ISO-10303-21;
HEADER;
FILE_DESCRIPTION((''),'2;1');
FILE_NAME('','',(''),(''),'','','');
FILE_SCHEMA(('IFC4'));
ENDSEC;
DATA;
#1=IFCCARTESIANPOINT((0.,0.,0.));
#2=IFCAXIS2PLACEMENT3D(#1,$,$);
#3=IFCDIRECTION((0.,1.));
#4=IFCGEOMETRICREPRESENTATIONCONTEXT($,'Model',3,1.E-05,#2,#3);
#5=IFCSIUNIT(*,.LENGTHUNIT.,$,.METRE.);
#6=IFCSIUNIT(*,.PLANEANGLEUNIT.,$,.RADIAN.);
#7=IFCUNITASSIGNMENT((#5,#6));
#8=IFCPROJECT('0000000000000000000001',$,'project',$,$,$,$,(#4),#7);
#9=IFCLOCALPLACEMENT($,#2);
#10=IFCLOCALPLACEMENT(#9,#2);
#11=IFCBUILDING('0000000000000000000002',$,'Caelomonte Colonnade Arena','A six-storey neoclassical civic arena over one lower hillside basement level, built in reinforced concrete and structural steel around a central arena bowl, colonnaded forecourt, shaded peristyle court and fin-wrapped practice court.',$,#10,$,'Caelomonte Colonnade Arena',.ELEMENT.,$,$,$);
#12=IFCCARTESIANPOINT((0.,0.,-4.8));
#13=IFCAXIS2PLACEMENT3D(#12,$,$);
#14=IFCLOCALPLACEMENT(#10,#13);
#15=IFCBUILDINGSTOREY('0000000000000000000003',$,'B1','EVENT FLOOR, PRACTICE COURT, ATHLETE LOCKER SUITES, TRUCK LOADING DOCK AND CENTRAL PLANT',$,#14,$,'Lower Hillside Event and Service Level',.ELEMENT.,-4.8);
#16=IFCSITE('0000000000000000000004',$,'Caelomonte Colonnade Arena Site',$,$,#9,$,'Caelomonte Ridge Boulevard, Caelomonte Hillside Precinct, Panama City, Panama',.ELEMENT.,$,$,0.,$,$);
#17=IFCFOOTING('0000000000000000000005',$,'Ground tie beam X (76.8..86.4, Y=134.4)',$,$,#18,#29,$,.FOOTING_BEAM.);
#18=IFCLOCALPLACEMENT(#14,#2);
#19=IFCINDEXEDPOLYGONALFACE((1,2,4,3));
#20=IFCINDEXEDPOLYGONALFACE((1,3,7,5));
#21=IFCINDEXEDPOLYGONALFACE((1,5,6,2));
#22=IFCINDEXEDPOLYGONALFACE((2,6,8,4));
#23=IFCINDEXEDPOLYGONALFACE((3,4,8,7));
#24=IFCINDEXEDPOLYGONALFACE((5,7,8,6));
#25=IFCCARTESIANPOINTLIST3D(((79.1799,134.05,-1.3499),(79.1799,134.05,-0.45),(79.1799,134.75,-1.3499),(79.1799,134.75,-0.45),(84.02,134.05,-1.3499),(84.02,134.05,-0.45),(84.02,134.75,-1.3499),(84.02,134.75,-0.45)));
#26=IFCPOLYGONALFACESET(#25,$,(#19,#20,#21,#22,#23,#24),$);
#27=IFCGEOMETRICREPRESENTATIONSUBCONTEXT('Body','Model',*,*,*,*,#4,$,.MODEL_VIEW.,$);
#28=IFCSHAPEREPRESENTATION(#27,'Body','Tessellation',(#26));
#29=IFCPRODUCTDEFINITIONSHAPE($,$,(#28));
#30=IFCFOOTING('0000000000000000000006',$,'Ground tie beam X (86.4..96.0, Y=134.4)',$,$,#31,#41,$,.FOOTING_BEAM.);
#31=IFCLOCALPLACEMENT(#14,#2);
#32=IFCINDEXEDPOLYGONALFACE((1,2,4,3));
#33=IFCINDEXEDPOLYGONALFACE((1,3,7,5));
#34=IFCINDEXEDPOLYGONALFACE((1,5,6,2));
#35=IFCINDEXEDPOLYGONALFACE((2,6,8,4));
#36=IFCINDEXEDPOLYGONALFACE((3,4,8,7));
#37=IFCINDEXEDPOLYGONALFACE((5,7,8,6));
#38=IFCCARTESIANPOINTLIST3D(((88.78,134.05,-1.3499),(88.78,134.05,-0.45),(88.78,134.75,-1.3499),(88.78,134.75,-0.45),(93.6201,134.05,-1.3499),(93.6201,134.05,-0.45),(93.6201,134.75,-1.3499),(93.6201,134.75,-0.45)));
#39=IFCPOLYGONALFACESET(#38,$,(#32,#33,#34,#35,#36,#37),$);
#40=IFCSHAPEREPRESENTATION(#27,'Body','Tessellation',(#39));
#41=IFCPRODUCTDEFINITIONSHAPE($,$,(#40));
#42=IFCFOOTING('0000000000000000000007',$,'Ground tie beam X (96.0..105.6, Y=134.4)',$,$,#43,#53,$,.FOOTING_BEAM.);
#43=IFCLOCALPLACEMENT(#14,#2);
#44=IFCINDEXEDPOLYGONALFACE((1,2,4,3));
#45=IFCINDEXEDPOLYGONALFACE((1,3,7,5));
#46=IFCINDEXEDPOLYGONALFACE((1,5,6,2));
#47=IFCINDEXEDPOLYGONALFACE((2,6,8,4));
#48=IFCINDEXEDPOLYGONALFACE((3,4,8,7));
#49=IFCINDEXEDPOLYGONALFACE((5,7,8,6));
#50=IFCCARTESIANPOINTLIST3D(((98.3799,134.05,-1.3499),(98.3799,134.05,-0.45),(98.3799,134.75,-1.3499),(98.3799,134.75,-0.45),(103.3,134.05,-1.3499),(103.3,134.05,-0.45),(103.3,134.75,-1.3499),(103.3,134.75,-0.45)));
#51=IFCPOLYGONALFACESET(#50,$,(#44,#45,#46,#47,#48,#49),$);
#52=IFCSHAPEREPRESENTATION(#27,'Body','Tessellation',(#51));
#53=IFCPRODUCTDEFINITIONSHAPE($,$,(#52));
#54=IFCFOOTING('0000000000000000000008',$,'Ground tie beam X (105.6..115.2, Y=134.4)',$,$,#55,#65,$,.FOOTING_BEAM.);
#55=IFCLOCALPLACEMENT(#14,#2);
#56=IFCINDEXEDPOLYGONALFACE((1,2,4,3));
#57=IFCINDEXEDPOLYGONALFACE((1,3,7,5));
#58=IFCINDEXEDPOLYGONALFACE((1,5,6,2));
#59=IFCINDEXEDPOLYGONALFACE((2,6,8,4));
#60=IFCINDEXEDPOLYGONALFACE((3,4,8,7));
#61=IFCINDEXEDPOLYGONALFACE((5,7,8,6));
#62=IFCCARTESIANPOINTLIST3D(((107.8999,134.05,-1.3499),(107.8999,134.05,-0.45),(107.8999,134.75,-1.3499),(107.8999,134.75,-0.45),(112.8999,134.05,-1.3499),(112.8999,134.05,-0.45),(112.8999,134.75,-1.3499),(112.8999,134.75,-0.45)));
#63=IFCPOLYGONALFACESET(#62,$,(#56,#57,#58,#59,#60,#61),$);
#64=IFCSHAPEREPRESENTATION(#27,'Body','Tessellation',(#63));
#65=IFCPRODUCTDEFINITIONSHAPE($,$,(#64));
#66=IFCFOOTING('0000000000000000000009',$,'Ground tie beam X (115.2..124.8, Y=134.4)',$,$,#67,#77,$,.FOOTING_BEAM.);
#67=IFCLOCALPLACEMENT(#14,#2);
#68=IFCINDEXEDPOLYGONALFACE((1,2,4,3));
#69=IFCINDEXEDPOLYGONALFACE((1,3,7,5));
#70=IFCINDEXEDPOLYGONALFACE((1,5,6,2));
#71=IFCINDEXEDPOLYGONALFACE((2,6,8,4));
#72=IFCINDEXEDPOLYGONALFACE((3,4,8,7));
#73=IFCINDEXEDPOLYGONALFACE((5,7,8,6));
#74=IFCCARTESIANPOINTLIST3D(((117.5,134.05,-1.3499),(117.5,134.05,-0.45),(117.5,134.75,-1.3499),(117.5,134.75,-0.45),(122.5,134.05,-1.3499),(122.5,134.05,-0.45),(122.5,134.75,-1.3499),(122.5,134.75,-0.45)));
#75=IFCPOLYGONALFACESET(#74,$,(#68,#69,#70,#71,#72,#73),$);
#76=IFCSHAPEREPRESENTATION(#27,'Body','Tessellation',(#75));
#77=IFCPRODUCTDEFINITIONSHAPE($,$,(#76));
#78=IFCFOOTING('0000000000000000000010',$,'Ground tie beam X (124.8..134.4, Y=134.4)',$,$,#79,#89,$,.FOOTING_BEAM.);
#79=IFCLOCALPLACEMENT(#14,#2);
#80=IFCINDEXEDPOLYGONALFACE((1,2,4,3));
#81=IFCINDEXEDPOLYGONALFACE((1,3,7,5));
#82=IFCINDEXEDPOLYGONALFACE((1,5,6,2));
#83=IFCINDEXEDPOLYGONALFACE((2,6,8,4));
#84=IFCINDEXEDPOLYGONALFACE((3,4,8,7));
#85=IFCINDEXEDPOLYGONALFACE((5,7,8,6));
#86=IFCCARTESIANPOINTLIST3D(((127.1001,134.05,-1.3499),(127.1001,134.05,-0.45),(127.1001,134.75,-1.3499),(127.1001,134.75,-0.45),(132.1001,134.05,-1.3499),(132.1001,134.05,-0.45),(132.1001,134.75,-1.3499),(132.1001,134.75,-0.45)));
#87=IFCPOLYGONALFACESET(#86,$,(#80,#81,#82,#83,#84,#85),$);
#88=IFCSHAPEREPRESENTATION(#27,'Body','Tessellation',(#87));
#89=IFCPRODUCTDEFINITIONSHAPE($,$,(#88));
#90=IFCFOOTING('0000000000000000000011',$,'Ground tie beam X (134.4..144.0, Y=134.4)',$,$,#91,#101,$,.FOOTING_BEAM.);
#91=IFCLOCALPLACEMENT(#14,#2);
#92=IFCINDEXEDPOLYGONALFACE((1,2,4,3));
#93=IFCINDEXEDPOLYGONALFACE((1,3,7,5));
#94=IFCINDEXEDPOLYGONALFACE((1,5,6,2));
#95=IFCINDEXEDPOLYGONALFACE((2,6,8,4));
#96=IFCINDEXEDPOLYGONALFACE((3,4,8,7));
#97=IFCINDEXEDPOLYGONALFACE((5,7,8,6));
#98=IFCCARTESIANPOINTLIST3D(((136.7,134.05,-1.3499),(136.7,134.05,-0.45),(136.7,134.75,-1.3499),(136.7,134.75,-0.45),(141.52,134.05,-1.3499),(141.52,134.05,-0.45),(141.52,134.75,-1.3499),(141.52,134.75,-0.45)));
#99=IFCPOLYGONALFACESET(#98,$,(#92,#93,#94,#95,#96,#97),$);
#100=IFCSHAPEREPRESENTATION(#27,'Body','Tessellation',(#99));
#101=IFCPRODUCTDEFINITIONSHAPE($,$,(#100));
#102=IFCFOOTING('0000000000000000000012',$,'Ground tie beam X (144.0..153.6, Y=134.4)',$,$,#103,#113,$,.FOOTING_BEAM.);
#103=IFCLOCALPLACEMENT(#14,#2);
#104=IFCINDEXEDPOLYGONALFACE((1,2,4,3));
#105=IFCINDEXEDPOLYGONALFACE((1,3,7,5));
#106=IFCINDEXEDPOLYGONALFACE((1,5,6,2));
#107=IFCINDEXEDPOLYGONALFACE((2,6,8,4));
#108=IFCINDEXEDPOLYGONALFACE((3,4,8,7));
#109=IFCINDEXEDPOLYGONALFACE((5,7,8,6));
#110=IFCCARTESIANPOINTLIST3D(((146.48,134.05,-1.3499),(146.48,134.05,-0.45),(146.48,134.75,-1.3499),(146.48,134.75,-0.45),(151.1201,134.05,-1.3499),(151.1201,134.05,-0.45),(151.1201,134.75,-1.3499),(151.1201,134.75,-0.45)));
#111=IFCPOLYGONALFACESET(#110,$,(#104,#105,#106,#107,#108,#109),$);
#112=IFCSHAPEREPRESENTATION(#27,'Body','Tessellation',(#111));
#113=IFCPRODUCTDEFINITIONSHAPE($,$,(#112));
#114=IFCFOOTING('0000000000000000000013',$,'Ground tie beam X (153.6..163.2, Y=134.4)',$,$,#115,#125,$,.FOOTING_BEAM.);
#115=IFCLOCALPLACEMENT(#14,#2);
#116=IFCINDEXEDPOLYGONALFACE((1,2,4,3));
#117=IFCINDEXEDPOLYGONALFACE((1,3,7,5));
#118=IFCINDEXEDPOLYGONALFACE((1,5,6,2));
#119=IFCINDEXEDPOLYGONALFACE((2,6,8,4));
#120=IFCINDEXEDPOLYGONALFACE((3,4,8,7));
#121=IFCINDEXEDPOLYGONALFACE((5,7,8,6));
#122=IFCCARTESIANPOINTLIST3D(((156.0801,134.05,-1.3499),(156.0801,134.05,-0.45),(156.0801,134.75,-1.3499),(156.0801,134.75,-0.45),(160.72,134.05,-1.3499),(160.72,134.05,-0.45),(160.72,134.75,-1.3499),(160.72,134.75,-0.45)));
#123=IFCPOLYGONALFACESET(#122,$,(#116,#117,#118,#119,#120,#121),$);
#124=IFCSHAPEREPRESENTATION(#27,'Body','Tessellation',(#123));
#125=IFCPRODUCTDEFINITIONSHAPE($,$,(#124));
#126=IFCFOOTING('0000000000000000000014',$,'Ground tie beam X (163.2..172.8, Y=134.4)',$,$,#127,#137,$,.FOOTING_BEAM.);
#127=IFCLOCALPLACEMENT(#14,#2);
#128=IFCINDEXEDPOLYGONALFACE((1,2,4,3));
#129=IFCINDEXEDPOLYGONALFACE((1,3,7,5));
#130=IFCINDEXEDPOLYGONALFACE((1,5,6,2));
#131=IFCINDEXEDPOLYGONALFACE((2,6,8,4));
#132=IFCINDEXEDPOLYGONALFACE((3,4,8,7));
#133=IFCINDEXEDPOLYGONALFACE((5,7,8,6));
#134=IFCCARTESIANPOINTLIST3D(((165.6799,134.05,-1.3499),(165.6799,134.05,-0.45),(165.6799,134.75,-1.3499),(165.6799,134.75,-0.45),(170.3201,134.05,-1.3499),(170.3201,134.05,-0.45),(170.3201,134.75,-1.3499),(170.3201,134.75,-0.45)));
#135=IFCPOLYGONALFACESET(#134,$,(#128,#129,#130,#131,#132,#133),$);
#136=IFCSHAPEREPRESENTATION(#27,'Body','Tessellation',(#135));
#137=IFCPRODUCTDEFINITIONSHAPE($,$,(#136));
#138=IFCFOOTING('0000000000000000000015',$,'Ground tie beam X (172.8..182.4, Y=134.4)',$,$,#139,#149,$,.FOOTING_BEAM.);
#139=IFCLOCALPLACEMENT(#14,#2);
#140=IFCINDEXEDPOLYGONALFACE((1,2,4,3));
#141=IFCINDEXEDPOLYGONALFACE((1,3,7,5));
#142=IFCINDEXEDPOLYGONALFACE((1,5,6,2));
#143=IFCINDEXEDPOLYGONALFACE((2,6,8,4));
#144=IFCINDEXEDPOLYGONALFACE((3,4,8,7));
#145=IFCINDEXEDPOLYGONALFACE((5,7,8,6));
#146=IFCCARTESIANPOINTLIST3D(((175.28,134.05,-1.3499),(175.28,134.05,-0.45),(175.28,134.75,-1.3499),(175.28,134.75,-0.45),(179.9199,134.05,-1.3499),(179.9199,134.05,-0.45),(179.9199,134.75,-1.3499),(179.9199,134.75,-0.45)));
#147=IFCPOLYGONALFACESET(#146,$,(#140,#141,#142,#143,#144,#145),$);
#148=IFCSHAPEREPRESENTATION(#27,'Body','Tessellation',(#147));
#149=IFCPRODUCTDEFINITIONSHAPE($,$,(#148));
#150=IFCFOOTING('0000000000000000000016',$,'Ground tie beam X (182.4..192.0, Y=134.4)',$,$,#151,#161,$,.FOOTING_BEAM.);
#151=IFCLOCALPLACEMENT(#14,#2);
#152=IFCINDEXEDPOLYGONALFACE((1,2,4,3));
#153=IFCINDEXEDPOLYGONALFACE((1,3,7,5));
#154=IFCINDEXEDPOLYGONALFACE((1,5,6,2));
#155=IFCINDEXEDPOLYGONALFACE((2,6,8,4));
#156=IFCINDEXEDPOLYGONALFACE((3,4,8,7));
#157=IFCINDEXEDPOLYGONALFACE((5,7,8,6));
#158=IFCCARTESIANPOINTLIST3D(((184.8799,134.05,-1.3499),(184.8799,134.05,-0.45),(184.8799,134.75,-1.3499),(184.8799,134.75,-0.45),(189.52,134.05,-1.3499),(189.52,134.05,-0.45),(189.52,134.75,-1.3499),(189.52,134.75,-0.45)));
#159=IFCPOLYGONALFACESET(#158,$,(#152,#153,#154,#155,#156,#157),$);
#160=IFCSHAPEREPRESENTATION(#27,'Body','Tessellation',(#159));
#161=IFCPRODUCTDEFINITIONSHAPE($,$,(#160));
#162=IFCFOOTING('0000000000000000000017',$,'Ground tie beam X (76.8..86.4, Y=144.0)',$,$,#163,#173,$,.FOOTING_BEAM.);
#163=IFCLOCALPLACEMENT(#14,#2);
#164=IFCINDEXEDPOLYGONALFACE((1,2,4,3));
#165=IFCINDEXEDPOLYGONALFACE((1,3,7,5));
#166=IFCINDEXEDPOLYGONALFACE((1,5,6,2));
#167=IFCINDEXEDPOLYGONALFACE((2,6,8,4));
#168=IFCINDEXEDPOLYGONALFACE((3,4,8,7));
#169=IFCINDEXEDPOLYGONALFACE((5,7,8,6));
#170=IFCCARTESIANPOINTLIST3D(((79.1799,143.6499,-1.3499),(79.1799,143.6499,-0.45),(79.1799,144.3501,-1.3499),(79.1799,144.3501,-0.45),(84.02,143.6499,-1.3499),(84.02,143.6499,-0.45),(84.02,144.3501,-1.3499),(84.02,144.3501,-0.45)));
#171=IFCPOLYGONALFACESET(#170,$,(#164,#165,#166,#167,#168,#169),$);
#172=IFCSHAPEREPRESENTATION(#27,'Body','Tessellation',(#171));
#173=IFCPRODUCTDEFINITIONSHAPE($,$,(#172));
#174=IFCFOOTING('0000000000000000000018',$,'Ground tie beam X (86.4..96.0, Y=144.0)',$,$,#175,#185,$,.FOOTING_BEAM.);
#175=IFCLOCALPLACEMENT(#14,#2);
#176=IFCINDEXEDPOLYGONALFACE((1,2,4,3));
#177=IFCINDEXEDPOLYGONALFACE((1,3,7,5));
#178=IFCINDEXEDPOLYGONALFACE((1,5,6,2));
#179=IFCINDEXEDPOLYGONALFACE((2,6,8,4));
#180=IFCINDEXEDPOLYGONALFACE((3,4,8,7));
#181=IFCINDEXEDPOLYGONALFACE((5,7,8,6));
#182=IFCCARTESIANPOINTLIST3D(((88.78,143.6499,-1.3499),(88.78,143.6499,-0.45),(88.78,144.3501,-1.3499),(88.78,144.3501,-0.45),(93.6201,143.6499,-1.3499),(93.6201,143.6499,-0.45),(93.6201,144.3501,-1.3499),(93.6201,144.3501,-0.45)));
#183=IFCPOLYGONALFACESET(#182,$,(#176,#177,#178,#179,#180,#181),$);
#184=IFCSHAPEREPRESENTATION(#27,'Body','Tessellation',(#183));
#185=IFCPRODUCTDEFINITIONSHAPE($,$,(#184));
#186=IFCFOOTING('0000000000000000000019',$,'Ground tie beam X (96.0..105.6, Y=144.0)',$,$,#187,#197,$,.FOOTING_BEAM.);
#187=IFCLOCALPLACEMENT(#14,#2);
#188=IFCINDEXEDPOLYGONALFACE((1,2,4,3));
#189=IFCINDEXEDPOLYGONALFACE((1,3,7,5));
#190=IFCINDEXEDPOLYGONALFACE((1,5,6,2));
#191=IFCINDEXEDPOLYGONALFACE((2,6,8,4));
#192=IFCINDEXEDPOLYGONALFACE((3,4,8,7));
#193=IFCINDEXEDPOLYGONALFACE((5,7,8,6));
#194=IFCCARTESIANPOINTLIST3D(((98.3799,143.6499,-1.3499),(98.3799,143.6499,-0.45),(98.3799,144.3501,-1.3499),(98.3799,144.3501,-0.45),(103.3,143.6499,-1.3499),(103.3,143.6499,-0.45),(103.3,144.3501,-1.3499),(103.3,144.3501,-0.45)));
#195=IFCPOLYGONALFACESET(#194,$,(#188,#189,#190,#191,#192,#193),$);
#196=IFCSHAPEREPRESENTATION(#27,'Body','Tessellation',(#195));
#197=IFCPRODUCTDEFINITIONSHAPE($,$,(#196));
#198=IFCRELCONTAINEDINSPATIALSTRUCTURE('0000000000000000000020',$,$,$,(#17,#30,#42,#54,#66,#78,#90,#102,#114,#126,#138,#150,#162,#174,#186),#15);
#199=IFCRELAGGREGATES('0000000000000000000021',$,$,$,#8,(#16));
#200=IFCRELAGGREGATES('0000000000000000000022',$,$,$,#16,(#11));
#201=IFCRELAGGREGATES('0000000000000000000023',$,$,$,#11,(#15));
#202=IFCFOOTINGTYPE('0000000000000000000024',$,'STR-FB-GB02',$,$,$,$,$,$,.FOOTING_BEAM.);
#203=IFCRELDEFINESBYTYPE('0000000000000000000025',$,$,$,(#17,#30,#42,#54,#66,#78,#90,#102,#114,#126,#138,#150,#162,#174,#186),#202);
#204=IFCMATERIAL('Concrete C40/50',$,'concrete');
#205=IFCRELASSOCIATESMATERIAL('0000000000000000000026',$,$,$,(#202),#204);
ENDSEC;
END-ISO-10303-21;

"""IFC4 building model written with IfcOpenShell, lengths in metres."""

from ifc_helpers import new_model, si_unit, direction, frame, origin, place, context, subcontext, project, spatial, polyline, outline, extrude, material, type_object, element, save


model = new_model("IFC4")

# Units and contexts
model_context = context("Model", 3, precision=1e-05, world=origin(), true_north=direction((0.0, 1.0)))
body_context = subcontext(model_context, "Body", "Model", "MODEL_VIEW")
ifc_project = project(units=[si_unit("LENGTHUNIT", "METRE"), si_unit("PLANEANGLEUNIT", "RADIAN")], contexts=[model_context])

# Site, building, storey
site_placement = place(None, origin())
site = spatial("IfcSite", under=ifc_project, at=site_placement, Name="Caelomonte Colonnade Arena Site", LongName="Caelomonte Ridge Boulevard, Caelomonte Hillside Precinct, Panama City, Panama", CompositionType="ELEMENT", RefElevation=0.0)
building_placement = place(site_placement, origin())
building = spatial("IfcBuilding", under=site, at=building_placement, Name="Caelomonte Colonnade Arena", Description="A six-storey neoclassical civic arena over one lower hillside basement level, built in reinforced concrete and structural steel around a central arena bowl, colonnaded forecourt, shaded peristyle court and fin-wrapped practice court.", LongName="Caelomonte Colonnade Arena", CompositionType="ELEMENT")
storey_placement = place(building_placement, frame((0.0, 0.0, -4.8)))
storey = spatial("IfcBuildingStorey", under=building, at=storey_placement, Name="B1", Description="EVENT FLOOR, PRACTICE COURT, ATHLETE LOCKER SUITES, TRUCK LOADING DOCK AND CENTRAL PLANT", LongName="Lower Hillside Event and Service Level", CompositionType="ELEMENT", Elevation=-4.8)

# Footings
ifc_material = material(Name="Concrete C40/50", Category="concrete")
footing_type_1 = type_object("IfcFootingType", Name="STR-FB-GB02", PredefinedType="FOOTING_BEAM", material=ifc_material)
footing_1_placement = place(storey_placement, frame((0.0, 0.0, -1.3499)))
element("IfcFooting", 1, at=footing_1_placement, inside=storey, type_object=footing_type_1, Name="Ground tie beam X (76.8..86.4, Y=134.4)", PredefinedType="FOOTING_BEAM", context=body_context, shape_type="SweptSolid", body=[
    extrude(outline(polyline([(79.1799, 134.05), (84.02, 134.05), (84.02, 134.75), (79.1799, 134.75), (79.1799, 134.05)])), origin(), (0.0, 0.0, 1.0), 0.8999),
])
footing_2_placement = place(storey_placement, frame((0.0, 0.0, -1.3499)))
element("IfcFooting", 2, at=footing_2_placement, inside=storey, type_object=footing_type_1, Name="Ground tie beam X (86.4..96.0, Y=134.4)", PredefinedType="FOOTING_BEAM", context=body_context, shape_type="SweptSolid", body=[
    extrude(outline(polyline([(88.78, 134.05), (93.6201, 134.05), (93.6201, 134.75), (88.78, 134.75), (88.78, 134.05)])), origin(), (0.0, 0.0, 1.0), 0.8999),
])
footing_3_placement = place(storey_placement, frame((0.0, 0.0, -1.3499)))
element("IfcFooting", 3, at=footing_3_placement, inside=storey, type_object=footing_type_1, Name="Ground tie beam X (96.0..105.6, Y=134.4)", PredefinedType="FOOTING_BEAM", context=body_context, shape_type="SweptSolid", body=[
    extrude(outline(polyline([(98.3799, 134.05), (103.3, 134.05), (103.3, 134.75), (98.3799, 134.75), (98.3799, 134.05)])), origin(), (0.0, 0.0, 1.0), 0.8999),
])
footing_4_placement = place(storey_placement, frame((0.0, 0.0, -1.3499)))
element("IfcFooting", 4, at=footing_4_placement, inside=storey, type_object=footing_type_1, Name="Ground tie beam X (105.6..115.2, Y=134.4)", PredefinedType="FOOTING_BEAM", context=body_context, shape_type="SweptSolid", body=[
    extrude(outline(polyline([(107.8999, 134.05), (112.8999, 134.05), (112.8999, 134.75), (107.8999, 134.75), (107.8999, 134.05)])), origin(), (0.0, 0.0, 1.0), 0.8999),
])
footing_5_placement = place(storey_placement, frame((0.0, 0.0, -1.3499)))
element("IfcFooting", 5, at=footing_5_placement, inside=storey, type_object=footing_type_1, Name="Ground tie beam X (115.2..124.8, Y=134.4)", PredefinedType="FOOTING_BEAM", context=body_context, shape_type="SweptSolid", body=[
    extrude(outline(polyline([(117.5, 134.05), (122.5, 134.05), (122.5, 134.75), (117.5, 134.75), (117.5, 134.05)])), origin(), (0.0, 0.0, 1.0), 0.8999),
])
footing_6_placement = place(storey_placement, frame((0.0, 0.0, -1.3499)))
element("IfcFooting", 6, at=footing_6_placement, inside=storey, type_object=footing_type_1, Name="Ground tie beam X (124.8..134.4, Y=134.4)", PredefinedType="FOOTING_BEAM", context=body_context, shape_type="SweptSolid", body=[
    extrude(outline(polyline([(127.1001, 134.05), (132.1001, 134.05), (132.1001, 134.75), (127.1001, 134.75), (127.1001, 134.05)])), origin(), (0.0, 0.0, 1.0), 0.8999),
])
footing_7_placement = place(storey_placement, frame((0.0, 0.0, -1.3499)))
element("IfcFooting", 7, at=footing_7_placement, inside=storey, type_object=footing_type_1, Name="Ground tie beam X (134.4..144.0, Y=134.4)", PredefinedType="FOOTING_BEAM", context=body_context, shape_type="SweptSolid", body=[
    extrude(outline(polyline([(136.7, 134.05), (141.52, 134.05), (141.52, 134.75), (136.7, 134.75), (136.7, 134.05)])), origin(), (0.0, 0.0, 1.0), 0.8999),
])
footing_8_placement = place(storey_placement, frame((0.0, 0.0, -1.3499)))
element("IfcFooting", 8, at=footing_8_placement, inside=storey, type_object=footing_type_1, Name="Ground tie beam X (144.0..153.6, Y=134.4)", PredefinedType="FOOTING_BEAM", context=body_context, shape_type="SweptSolid", body=[
    extrude(outline(polyline([(146.48, 134.05), (151.1201, 134.05), (151.1201, 134.75), (146.48, 134.75), (146.48, 134.05)])), origin(), (0.0, 0.0, 1.0), 0.8999),
])
footing_9_placement = place(storey_placement, frame((0.0, 0.0, -1.3499)))
element("IfcFooting", 9, at=footing_9_placement, inside=storey, type_object=footing_type_1, Name="Ground tie beam X (153.6..163.2, Y=134.4)", PredefinedType="FOOTING_BEAM", context=body_context, shape_type="SweptSolid", body=[
    extrude(outline(polyline([(156.0801, 134.05), (160.72, 134.05), (160.72, 134.75), (156.0801, 134.75), (156.0801, 134.05)])), origin(), (0.0, 0.0, 1.0), 0.8999),
])
footing_10_placement = place(storey_placement, frame((0.0, 0.0, -1.3499)))
element("IfcFooting", 10, at=footing_10_placement, inside=storey, type_object=footing_type_1, Name="Ground tie beam X (163.2..172.8, Y=134.4)", PredefinedType="FOOTING_BEAM", context=body_context, shape_type="SweptSolid", body=[
    extrude(outline(polyline([(165.6799, 134.05), (170.3201, 134.05), (170.3201, 134.75), (165.6799, 134.75), (165.6799, 134.05)])), origin(), (0.0, 0.0, 1.0), 0.8999),
])
footing_11_placement = place(storey_placement, frame((0.0, 0.0, -1.3499)))
element("IfcFooting", 11, at=footing_11_placement, inside=storey, type_object=footing_type_1, Name="Ground tie beam X (172.8..182.4, Y=134.4)", PredefinedType="FOOTING_BEAM", context=body_context, shape_type="SweptSolid", body=[
    extrude(outline(polyline([(175.28, 134.05), (179.9199, 134.05), (179.9199, 134.75), (175.28, 134.75), (175.28, 134.05)])), origin(), (0.0, 0.0, 1.0), 0.8999),
])
footing_12_placement = place(storey_placement, frame((0.0, 0.0, -1.3499)))
element("IfcFooting", 12, at=footing_12_placement, inside=storey, type_object=footing_type_1, Name="Ground tie beam X (182.4..192.0, Y=134.4)", PredefinedType="FOOTING_BEAM", context=body_context, shape_type="SweptSolid", body=[
    extrude(outline(polyline([(184.8799, 134.05), (189.52, 134.05), (189.52, 134.75), (184.8799, 134.75), (184.8799, 134.05)])), origin(), (0.0, 0.0, 1.0), 0.8999),
])
footing_13_placement = place(storey_placement, frame((0.0, 0.0, -1.3499)))
element("IfcFooting", 13, at=footing_13_placement, inside=storey, type_object=footing_type_1, Name="Ground tie beam X (76.8..86.4, Y=144.0)", PredefinedType="FOOTING_BEAM", context=body_context, shape_type="SweptSolid", body=[
    extrude(outline(polyline([(79.1799, 143.6499), (84.02, 143.6499), (84.02, 144.3501), (79.1799, 144.3501), (79.1799, 143.6499)])), origin(), (0.0, 0.0, 1.0), 0.8999),
])
footing_14_placement = place(storey_placement, frame((0.0, 0.0, -1.3499)))
element("IfcFooting", 14, at=footing_14_placement, inside=storey, type_object=footing_type_1, Name="Ground tie beam X (86.4..96.0, Y=144.0)", PredefinedType="FOOTING_BEAM", context=body_context, shape_type="SweptSolid", body=[
    extrude(outline(polyline([(88.78, 143.6499), (93.6201, 143.6499), (93.6201, 144.3501), (88.78, 144.3501), (88.78, 143.6499)])), origin(), (0.0, 0.0, 1.0), 0.8999),
])
footing_15_placement = place(storey_placement, frame((0.0, 0.0, -1.3499)))
element("IfcFooting", 15, at=footing_15_placement, inside=storey, type_object=footing_type_1, Name="Ground tie beam X (96.0..105.6, Y=144.0)", PredefinedType="FOOTING_BEAM", context=body_context, shape_type="SweptSolid", body=[
    extrude(outline(polyline([(98.3799, 143.6499), (103.3, 143.6499), (103.3, 144.3501), (98.3799, 144.3501), (98.3799, 143.6499)])), origin(), (0.0, 0.0, 1.0), 0.8999),
])

save(model, "model.ifc")
